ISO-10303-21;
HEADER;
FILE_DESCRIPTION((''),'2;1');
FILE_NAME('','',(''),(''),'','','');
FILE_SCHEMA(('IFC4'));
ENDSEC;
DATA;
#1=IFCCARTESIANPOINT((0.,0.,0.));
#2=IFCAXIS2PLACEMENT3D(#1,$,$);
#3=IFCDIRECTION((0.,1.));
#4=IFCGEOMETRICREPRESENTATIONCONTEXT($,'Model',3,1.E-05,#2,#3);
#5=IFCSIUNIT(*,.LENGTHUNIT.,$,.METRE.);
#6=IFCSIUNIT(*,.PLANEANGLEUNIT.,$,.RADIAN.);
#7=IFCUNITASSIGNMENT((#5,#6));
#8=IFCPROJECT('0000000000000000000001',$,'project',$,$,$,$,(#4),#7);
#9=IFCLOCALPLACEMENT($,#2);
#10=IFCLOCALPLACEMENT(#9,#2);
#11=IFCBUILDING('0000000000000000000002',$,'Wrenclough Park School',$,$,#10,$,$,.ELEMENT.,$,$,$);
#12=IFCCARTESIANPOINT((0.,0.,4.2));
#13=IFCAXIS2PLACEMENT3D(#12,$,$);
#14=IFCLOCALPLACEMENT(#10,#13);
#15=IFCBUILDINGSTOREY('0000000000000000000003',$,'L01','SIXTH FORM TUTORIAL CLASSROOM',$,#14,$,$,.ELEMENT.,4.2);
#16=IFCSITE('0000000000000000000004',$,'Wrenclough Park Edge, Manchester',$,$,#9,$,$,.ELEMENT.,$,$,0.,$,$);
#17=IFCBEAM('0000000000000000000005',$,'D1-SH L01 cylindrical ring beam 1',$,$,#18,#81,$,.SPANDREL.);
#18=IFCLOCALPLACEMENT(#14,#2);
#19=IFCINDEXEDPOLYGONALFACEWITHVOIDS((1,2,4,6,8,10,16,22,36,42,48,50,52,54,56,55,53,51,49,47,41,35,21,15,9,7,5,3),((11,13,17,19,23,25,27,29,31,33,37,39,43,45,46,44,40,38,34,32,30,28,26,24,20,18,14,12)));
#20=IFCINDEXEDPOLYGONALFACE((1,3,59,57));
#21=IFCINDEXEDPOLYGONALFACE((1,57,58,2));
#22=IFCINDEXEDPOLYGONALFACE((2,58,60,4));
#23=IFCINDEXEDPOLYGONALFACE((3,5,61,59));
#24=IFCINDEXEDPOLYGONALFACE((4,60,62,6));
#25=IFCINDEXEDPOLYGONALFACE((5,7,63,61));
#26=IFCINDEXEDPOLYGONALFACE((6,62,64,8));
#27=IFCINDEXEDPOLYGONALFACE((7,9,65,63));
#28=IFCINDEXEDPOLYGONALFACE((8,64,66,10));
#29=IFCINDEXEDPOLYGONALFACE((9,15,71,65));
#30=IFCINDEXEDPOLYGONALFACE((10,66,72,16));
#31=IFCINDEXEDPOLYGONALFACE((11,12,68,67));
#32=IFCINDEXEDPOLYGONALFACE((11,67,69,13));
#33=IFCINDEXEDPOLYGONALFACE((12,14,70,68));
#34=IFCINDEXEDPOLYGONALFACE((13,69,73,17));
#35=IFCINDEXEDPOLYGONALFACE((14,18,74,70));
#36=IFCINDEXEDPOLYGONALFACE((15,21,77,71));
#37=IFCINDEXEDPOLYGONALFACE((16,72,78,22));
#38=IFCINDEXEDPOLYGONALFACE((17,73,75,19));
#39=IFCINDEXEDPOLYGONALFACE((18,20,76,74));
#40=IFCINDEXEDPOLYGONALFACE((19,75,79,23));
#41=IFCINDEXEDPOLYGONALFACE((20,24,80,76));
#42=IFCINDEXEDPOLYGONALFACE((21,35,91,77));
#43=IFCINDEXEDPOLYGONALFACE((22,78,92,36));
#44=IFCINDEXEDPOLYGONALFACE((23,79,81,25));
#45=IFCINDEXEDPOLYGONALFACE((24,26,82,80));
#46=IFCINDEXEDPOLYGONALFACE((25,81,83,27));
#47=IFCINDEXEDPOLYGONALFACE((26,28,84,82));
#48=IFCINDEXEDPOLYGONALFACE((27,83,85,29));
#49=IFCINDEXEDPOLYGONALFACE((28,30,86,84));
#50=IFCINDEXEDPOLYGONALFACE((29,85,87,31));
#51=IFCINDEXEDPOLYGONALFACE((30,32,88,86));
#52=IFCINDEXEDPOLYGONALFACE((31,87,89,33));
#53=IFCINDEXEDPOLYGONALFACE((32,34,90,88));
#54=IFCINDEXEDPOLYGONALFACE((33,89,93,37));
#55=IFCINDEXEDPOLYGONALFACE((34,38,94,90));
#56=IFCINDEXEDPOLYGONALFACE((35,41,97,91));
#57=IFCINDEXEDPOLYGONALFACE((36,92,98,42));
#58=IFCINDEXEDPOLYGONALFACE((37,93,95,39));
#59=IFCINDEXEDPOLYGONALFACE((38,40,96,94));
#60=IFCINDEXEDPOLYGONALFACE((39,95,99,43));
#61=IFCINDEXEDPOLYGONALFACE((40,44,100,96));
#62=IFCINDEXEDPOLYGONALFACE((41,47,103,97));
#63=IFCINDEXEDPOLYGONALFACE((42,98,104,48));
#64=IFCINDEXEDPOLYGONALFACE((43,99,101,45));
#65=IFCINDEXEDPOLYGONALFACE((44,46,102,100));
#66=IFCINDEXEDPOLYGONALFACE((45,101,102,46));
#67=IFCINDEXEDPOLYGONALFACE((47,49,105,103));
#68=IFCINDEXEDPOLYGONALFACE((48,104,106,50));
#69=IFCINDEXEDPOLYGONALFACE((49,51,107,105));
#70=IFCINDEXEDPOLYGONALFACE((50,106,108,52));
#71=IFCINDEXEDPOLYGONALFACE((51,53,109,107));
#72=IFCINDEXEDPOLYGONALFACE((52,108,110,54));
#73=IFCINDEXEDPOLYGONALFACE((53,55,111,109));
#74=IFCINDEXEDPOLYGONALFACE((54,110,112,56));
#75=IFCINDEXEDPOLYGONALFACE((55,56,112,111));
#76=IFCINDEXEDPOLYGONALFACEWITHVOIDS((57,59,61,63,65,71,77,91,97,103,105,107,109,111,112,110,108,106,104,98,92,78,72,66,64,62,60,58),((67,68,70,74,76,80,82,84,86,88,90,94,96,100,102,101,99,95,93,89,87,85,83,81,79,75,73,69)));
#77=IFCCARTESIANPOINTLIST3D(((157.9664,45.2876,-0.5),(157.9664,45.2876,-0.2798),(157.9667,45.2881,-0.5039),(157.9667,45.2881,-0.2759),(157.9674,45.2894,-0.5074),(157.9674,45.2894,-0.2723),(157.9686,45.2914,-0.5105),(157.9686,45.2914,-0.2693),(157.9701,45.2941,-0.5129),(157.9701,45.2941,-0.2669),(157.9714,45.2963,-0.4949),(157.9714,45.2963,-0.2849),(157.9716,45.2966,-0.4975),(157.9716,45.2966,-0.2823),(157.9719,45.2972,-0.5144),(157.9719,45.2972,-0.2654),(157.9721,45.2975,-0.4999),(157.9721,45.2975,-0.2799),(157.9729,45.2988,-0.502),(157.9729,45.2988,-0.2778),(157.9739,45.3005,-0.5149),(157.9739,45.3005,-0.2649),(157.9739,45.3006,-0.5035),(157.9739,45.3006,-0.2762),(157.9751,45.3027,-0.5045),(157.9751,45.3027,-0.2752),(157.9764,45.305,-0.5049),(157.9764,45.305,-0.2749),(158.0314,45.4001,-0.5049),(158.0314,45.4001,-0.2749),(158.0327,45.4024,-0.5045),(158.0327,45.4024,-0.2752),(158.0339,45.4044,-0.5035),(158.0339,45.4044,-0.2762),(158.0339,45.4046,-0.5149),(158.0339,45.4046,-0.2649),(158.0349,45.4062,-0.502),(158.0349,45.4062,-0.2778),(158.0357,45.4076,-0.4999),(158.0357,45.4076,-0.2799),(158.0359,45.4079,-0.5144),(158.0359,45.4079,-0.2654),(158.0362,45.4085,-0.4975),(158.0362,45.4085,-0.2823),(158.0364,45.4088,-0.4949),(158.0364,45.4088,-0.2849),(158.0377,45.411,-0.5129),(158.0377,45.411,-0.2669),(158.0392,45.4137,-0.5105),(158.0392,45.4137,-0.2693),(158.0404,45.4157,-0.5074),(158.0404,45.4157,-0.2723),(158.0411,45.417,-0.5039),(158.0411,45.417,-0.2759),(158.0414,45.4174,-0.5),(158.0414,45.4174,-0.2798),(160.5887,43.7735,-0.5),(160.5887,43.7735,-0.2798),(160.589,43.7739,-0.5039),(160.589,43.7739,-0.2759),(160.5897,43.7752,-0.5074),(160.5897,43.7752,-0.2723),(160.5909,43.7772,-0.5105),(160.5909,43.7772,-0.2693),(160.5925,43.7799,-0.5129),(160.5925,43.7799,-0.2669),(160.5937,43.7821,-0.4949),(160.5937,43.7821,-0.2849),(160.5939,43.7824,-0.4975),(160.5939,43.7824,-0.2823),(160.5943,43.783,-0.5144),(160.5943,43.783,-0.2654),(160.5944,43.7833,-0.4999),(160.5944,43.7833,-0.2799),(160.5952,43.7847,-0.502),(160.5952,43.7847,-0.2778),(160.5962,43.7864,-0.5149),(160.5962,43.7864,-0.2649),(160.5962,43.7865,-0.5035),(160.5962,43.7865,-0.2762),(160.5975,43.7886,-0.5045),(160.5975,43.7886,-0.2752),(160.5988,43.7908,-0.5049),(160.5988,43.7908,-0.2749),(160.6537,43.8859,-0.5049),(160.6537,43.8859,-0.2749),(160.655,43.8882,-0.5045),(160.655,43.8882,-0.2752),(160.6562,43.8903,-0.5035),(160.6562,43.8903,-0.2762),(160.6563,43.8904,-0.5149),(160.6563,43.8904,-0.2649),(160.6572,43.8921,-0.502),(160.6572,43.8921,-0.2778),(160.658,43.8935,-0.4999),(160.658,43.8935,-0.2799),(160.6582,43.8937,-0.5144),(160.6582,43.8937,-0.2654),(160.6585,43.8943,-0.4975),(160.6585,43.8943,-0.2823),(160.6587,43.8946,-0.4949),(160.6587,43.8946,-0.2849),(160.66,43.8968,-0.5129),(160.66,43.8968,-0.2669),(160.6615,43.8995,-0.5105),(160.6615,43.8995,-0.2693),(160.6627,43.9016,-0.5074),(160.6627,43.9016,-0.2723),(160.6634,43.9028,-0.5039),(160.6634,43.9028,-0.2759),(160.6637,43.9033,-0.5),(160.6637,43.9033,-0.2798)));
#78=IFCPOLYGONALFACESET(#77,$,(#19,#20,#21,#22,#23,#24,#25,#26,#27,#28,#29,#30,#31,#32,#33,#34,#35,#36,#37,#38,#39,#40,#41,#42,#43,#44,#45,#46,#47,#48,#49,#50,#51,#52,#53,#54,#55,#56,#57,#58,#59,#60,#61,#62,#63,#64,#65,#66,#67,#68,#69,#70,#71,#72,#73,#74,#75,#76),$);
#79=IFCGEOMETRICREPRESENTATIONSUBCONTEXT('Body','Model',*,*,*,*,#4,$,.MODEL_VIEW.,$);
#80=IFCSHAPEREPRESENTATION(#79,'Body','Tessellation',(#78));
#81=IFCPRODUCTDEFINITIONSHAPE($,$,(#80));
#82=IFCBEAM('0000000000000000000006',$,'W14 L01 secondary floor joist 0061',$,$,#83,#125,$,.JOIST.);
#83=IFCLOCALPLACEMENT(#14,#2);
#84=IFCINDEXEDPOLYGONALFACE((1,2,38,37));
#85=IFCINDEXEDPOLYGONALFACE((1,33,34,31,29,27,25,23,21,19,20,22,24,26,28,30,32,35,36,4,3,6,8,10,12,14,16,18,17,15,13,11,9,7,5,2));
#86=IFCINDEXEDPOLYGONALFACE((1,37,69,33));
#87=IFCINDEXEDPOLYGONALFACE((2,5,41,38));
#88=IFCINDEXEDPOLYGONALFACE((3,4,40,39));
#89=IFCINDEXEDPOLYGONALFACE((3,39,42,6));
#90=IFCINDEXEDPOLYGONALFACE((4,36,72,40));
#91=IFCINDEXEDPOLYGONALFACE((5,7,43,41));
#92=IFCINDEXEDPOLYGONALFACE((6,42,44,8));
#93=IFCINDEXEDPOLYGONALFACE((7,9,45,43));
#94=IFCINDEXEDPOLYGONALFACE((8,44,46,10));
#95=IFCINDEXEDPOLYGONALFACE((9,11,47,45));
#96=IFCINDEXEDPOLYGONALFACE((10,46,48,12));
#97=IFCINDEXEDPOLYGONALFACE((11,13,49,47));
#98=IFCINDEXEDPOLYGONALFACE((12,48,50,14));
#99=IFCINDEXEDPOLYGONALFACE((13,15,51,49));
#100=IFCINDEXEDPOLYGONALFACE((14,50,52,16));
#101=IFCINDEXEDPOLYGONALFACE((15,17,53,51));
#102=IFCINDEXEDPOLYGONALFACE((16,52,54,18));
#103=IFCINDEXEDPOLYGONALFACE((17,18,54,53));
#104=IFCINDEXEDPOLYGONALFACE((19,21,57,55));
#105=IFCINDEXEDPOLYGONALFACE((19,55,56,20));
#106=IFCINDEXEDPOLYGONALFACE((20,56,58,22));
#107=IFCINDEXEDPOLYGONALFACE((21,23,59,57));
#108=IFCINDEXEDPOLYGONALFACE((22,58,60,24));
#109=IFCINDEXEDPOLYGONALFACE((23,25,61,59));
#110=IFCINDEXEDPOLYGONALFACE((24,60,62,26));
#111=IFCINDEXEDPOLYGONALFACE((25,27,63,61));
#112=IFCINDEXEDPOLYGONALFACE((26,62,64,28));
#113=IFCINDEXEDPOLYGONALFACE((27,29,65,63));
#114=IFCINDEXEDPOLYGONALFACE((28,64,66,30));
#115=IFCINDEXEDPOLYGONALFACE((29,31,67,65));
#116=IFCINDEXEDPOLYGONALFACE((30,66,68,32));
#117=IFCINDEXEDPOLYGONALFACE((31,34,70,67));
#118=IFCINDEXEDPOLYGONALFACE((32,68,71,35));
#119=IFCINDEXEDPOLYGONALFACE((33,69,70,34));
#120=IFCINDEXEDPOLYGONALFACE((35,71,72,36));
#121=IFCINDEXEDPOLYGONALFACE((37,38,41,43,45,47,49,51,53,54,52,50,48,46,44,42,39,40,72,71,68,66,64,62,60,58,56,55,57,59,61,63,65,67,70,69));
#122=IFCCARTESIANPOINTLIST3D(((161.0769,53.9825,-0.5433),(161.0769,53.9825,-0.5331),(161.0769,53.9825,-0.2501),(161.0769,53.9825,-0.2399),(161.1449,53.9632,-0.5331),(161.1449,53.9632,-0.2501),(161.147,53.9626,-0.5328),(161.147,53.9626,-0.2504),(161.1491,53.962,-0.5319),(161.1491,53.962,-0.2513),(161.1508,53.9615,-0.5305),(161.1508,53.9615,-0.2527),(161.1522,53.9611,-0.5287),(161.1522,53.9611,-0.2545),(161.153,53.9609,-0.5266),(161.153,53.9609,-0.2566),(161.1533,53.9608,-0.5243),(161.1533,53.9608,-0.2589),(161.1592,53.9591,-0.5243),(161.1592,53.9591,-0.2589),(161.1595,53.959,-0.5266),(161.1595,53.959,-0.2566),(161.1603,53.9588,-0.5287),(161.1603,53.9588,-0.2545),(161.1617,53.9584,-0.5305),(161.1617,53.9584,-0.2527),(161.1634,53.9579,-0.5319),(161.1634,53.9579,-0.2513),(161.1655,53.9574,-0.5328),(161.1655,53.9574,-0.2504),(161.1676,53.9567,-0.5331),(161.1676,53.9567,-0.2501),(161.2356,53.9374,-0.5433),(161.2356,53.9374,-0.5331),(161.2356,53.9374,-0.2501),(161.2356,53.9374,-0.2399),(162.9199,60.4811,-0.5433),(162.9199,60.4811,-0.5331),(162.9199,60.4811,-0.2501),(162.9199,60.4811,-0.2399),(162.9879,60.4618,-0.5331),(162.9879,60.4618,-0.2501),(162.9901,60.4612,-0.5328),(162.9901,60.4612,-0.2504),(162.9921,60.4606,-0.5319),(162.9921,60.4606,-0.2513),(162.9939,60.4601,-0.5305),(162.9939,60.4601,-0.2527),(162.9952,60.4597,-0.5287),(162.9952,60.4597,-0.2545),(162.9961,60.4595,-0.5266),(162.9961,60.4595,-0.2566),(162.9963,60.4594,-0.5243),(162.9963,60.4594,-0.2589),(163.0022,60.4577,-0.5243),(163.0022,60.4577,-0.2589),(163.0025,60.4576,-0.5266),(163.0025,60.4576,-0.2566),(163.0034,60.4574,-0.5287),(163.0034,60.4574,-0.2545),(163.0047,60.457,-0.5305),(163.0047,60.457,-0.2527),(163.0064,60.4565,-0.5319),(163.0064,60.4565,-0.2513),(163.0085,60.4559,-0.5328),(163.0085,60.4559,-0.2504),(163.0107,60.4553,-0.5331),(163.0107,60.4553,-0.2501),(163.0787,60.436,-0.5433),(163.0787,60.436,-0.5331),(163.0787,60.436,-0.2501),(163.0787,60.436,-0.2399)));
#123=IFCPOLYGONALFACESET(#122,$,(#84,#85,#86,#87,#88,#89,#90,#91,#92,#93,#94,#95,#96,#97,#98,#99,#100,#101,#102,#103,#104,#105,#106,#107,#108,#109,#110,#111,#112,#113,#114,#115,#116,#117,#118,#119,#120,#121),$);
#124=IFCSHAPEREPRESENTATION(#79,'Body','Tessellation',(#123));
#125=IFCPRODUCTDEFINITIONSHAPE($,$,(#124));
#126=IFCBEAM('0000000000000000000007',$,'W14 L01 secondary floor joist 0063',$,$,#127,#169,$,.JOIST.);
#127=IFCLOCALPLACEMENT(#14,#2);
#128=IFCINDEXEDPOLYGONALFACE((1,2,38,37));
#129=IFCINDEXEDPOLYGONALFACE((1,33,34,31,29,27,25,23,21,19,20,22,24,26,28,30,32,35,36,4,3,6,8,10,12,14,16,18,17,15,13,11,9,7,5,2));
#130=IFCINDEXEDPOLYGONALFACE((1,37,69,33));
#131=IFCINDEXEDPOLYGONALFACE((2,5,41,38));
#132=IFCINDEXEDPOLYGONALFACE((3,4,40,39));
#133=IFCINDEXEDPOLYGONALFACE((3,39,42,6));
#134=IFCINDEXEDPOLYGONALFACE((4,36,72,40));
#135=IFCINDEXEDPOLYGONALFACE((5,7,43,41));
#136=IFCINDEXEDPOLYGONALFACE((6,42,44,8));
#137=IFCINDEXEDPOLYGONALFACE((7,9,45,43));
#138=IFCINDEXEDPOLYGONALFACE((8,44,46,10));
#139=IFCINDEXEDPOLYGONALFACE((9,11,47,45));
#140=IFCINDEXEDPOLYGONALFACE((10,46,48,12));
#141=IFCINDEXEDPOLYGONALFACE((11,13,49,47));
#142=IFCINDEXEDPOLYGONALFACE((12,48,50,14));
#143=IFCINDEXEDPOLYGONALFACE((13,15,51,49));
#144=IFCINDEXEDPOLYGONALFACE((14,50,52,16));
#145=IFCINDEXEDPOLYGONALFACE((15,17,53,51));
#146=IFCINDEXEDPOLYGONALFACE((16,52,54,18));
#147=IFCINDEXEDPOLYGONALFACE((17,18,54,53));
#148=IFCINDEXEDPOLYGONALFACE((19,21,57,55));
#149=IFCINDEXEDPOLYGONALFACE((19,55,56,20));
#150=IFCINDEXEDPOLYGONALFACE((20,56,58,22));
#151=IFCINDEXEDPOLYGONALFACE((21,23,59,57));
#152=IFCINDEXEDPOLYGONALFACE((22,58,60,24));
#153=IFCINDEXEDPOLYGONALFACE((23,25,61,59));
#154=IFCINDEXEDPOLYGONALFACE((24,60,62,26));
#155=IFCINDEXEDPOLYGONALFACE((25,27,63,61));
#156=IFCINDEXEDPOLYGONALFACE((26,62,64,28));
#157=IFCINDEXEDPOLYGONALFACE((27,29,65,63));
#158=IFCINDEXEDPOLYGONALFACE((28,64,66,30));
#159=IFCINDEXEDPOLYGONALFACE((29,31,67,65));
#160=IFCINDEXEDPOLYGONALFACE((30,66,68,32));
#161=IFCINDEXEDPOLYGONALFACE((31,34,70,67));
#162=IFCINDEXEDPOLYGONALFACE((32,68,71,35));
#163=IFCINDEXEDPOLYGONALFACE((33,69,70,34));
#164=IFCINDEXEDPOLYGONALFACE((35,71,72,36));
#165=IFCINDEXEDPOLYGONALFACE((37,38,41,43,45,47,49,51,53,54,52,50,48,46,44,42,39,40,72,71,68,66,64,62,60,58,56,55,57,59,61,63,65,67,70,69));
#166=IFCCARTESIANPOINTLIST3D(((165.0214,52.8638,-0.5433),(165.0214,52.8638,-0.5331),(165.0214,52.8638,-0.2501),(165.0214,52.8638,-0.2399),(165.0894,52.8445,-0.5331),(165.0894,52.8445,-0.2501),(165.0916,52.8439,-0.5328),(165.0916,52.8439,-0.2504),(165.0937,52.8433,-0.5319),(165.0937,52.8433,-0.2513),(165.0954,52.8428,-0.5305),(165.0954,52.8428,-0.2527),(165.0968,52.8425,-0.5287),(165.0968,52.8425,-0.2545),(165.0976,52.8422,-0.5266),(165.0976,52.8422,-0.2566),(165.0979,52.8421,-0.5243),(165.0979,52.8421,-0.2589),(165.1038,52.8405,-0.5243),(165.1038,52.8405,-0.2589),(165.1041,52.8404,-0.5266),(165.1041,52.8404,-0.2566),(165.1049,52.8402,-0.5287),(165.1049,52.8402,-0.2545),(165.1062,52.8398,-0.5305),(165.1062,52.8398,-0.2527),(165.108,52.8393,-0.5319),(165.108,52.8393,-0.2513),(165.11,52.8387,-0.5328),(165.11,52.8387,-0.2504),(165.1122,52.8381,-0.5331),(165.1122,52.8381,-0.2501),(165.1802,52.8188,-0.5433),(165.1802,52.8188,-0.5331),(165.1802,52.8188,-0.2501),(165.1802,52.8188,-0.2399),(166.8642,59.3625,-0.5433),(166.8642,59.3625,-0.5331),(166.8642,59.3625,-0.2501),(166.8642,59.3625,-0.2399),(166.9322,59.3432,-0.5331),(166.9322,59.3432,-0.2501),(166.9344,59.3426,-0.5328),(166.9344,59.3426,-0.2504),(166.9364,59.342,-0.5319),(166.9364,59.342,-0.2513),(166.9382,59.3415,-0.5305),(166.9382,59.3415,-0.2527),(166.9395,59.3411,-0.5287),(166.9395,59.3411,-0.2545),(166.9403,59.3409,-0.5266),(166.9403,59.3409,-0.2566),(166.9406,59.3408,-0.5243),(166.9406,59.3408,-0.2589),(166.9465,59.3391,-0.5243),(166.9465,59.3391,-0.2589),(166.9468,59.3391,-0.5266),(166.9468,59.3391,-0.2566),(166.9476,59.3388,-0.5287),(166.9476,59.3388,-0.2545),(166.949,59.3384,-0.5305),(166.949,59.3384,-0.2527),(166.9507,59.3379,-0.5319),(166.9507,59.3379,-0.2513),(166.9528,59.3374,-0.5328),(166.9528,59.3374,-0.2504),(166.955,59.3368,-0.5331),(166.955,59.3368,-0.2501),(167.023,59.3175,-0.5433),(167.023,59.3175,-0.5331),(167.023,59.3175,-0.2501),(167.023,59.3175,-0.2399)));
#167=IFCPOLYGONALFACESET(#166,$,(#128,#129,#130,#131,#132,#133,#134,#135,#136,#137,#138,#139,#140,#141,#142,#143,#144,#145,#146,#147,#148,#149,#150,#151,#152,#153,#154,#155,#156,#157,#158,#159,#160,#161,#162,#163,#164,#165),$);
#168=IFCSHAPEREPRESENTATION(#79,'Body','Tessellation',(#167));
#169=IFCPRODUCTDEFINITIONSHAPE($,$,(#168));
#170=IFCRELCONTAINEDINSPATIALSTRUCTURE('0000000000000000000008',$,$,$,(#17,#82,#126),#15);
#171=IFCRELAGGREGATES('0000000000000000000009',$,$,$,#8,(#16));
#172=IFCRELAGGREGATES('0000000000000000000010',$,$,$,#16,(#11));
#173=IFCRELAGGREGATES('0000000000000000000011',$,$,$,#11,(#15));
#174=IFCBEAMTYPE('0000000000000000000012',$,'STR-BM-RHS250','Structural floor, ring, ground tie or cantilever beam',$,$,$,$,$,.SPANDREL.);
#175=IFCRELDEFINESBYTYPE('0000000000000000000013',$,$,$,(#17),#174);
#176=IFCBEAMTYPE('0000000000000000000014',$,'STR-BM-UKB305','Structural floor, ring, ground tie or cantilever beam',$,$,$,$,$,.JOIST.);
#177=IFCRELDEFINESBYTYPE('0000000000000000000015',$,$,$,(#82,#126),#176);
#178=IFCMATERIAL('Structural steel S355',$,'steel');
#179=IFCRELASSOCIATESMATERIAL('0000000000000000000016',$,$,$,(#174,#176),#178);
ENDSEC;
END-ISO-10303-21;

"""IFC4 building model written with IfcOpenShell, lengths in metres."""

from ifc_helpers import new_model, si_unit, direction, frame, origin, origin_2d, place, context, subcontext, project, spatial, hollow_rectangle, i_section, extrude, material, material_profile, profile_set, type_object, element, save


model = new_model("IFC4")

# Units and contexts
model_context = context("Model", 3, precision=1e-05, world=origin(), true_north=direction((0.0, 1.0)))
body_context = subcontext(model_context, "Body", "Model", "MODEL_VIEW")
ifc_project = project(units=[si_unit("LENGTHUNIT", "METRE"), si_unit("PLANEANGLEUNIT", "RADIAN")], contexts=[model_context])

# Site, building, storey
site_placement = place(None, origin())
site = spatial("IfcSite", under=ifc_project, at=site_placement, Name="Wrenclough Park Edge, Manchester", CompositionType="ELEMENT", RefElevation=0.0)
building_placement = place(site_placement, origin())
building = spatial("IfcBuilding", under=site, at=building_placement, Name="Wrenclough Park School", CompositionType="ELEMENT")
storey_placement = place(building_placement, frame((0.0, 0.0, 4.2)))
storey = spatial("IfcBuildingStorey", under=building, at=storey_placement, Name="L01", Description="SIXTH FORM TUTORIAL CLASSROOM", CompositionType="ELEMENT", Elevation=4.2)

# Shared definitions
ifc_material_1 = material(Name="Structural steel S355", Category="steel")

# Beams
ifc_material_profile_1 = material_profile(ifc_material_1, hollow_rectangle(XDim=0.1499, YDim=0.25, WallThickness=0.01, InnerFilletRadius=0.01, OuterFilletRadius=0.0149, at=origin_2d()), Name="RHS 250x150x10.0")
ifc_profile_set_1 = profile_set([ifc_material_profile_1], Name="Structural steel S355")
beam_type_1 = type_object("IfcBeamType", Name="STR-BM-RHS250", Description="Structural floor, ring, ground tie or cantilever beam", PredefinedType="SPANDREL", material=ifc_profile_set_1)
beam_1_placement = place(storey_placement, frame((160.6262, 43.8384, -0.3899), z_axis=(-0.866002, 0.500041, 0.0), x_axis=(-0.500041, -0.866002, 0.0)))
element("IfcBeam", 1, at=beam_1_placement, inside=storey, type_object=beam_type_1, Name="D1-SH L01 cylindrical ring beam 1", PredefinedType="SPANDREL", context=body_context, shape_type="SweptSolid", body=[
    extrude(hollow_rectangle(XDim=0.1499, YDim=0.25, WallThickness=0.01, InnerFilletRadius=0.01, OuterFilletRadius=0.0149, at=origin_2d()), origin(), (0.0, 0.0, 1.0), 3.0281),
])
ifc_material_profile_2 = material_profile(ifc_material_1, i_section(OverallWidth=0.165, OverallDepth=0.3035, WebThickness=0.0061, FlangeThickness=0.0103, FilletRadius=0.0088, at=origin_2d()), Name="UKB 305x165x40")
ifc_profile_set_2 = profile_set([ifc_material_profile_2], Name="Structural steel S355")
beam_type_2 = type_object("IfcBeamType", Name="STR-BM-UKB305", Description="Structural floor, ring, ground tie or cantilever beam", PredefinedType="JOIST", material=ifc_profile_set_2)
for number, where, z_axis, x_axis, name in (
    (2, (161.1562, 53.96, -0.3916), (0.272845, 0.962058, 0.0), (-0.962058, 0.272845, 0.0), "W14 L01 secondary floor joist 0061"),
    (3, (165.1008, 52.8413, -0.3916), (0.272802, 0.96207, 0.0), (-0.96207, 0.272802, 0.0), "W14 L01 secondary floor joist 0063"),
):
    element("IfcBeam", number, at=place(storey_placement, frame(where, z_axis=z_axis, x_axis=x_axis)), inside=storey, type_object=beam_type_2, Name=name, PredefinedType="JOIST", context=body_context, shape_type="SweptSolid", body=[
        extrude(i_section(OverallWidth=0.165, OverallDepth=0.3035, WebThickness=0.0061, FlangeThickness=0.0103, FilletRadius=0.0088, at=origin_2d()), origin(), (0.0, 0.0, 1.0), 6.7549),
    ])

save(model, "model.ifc")
